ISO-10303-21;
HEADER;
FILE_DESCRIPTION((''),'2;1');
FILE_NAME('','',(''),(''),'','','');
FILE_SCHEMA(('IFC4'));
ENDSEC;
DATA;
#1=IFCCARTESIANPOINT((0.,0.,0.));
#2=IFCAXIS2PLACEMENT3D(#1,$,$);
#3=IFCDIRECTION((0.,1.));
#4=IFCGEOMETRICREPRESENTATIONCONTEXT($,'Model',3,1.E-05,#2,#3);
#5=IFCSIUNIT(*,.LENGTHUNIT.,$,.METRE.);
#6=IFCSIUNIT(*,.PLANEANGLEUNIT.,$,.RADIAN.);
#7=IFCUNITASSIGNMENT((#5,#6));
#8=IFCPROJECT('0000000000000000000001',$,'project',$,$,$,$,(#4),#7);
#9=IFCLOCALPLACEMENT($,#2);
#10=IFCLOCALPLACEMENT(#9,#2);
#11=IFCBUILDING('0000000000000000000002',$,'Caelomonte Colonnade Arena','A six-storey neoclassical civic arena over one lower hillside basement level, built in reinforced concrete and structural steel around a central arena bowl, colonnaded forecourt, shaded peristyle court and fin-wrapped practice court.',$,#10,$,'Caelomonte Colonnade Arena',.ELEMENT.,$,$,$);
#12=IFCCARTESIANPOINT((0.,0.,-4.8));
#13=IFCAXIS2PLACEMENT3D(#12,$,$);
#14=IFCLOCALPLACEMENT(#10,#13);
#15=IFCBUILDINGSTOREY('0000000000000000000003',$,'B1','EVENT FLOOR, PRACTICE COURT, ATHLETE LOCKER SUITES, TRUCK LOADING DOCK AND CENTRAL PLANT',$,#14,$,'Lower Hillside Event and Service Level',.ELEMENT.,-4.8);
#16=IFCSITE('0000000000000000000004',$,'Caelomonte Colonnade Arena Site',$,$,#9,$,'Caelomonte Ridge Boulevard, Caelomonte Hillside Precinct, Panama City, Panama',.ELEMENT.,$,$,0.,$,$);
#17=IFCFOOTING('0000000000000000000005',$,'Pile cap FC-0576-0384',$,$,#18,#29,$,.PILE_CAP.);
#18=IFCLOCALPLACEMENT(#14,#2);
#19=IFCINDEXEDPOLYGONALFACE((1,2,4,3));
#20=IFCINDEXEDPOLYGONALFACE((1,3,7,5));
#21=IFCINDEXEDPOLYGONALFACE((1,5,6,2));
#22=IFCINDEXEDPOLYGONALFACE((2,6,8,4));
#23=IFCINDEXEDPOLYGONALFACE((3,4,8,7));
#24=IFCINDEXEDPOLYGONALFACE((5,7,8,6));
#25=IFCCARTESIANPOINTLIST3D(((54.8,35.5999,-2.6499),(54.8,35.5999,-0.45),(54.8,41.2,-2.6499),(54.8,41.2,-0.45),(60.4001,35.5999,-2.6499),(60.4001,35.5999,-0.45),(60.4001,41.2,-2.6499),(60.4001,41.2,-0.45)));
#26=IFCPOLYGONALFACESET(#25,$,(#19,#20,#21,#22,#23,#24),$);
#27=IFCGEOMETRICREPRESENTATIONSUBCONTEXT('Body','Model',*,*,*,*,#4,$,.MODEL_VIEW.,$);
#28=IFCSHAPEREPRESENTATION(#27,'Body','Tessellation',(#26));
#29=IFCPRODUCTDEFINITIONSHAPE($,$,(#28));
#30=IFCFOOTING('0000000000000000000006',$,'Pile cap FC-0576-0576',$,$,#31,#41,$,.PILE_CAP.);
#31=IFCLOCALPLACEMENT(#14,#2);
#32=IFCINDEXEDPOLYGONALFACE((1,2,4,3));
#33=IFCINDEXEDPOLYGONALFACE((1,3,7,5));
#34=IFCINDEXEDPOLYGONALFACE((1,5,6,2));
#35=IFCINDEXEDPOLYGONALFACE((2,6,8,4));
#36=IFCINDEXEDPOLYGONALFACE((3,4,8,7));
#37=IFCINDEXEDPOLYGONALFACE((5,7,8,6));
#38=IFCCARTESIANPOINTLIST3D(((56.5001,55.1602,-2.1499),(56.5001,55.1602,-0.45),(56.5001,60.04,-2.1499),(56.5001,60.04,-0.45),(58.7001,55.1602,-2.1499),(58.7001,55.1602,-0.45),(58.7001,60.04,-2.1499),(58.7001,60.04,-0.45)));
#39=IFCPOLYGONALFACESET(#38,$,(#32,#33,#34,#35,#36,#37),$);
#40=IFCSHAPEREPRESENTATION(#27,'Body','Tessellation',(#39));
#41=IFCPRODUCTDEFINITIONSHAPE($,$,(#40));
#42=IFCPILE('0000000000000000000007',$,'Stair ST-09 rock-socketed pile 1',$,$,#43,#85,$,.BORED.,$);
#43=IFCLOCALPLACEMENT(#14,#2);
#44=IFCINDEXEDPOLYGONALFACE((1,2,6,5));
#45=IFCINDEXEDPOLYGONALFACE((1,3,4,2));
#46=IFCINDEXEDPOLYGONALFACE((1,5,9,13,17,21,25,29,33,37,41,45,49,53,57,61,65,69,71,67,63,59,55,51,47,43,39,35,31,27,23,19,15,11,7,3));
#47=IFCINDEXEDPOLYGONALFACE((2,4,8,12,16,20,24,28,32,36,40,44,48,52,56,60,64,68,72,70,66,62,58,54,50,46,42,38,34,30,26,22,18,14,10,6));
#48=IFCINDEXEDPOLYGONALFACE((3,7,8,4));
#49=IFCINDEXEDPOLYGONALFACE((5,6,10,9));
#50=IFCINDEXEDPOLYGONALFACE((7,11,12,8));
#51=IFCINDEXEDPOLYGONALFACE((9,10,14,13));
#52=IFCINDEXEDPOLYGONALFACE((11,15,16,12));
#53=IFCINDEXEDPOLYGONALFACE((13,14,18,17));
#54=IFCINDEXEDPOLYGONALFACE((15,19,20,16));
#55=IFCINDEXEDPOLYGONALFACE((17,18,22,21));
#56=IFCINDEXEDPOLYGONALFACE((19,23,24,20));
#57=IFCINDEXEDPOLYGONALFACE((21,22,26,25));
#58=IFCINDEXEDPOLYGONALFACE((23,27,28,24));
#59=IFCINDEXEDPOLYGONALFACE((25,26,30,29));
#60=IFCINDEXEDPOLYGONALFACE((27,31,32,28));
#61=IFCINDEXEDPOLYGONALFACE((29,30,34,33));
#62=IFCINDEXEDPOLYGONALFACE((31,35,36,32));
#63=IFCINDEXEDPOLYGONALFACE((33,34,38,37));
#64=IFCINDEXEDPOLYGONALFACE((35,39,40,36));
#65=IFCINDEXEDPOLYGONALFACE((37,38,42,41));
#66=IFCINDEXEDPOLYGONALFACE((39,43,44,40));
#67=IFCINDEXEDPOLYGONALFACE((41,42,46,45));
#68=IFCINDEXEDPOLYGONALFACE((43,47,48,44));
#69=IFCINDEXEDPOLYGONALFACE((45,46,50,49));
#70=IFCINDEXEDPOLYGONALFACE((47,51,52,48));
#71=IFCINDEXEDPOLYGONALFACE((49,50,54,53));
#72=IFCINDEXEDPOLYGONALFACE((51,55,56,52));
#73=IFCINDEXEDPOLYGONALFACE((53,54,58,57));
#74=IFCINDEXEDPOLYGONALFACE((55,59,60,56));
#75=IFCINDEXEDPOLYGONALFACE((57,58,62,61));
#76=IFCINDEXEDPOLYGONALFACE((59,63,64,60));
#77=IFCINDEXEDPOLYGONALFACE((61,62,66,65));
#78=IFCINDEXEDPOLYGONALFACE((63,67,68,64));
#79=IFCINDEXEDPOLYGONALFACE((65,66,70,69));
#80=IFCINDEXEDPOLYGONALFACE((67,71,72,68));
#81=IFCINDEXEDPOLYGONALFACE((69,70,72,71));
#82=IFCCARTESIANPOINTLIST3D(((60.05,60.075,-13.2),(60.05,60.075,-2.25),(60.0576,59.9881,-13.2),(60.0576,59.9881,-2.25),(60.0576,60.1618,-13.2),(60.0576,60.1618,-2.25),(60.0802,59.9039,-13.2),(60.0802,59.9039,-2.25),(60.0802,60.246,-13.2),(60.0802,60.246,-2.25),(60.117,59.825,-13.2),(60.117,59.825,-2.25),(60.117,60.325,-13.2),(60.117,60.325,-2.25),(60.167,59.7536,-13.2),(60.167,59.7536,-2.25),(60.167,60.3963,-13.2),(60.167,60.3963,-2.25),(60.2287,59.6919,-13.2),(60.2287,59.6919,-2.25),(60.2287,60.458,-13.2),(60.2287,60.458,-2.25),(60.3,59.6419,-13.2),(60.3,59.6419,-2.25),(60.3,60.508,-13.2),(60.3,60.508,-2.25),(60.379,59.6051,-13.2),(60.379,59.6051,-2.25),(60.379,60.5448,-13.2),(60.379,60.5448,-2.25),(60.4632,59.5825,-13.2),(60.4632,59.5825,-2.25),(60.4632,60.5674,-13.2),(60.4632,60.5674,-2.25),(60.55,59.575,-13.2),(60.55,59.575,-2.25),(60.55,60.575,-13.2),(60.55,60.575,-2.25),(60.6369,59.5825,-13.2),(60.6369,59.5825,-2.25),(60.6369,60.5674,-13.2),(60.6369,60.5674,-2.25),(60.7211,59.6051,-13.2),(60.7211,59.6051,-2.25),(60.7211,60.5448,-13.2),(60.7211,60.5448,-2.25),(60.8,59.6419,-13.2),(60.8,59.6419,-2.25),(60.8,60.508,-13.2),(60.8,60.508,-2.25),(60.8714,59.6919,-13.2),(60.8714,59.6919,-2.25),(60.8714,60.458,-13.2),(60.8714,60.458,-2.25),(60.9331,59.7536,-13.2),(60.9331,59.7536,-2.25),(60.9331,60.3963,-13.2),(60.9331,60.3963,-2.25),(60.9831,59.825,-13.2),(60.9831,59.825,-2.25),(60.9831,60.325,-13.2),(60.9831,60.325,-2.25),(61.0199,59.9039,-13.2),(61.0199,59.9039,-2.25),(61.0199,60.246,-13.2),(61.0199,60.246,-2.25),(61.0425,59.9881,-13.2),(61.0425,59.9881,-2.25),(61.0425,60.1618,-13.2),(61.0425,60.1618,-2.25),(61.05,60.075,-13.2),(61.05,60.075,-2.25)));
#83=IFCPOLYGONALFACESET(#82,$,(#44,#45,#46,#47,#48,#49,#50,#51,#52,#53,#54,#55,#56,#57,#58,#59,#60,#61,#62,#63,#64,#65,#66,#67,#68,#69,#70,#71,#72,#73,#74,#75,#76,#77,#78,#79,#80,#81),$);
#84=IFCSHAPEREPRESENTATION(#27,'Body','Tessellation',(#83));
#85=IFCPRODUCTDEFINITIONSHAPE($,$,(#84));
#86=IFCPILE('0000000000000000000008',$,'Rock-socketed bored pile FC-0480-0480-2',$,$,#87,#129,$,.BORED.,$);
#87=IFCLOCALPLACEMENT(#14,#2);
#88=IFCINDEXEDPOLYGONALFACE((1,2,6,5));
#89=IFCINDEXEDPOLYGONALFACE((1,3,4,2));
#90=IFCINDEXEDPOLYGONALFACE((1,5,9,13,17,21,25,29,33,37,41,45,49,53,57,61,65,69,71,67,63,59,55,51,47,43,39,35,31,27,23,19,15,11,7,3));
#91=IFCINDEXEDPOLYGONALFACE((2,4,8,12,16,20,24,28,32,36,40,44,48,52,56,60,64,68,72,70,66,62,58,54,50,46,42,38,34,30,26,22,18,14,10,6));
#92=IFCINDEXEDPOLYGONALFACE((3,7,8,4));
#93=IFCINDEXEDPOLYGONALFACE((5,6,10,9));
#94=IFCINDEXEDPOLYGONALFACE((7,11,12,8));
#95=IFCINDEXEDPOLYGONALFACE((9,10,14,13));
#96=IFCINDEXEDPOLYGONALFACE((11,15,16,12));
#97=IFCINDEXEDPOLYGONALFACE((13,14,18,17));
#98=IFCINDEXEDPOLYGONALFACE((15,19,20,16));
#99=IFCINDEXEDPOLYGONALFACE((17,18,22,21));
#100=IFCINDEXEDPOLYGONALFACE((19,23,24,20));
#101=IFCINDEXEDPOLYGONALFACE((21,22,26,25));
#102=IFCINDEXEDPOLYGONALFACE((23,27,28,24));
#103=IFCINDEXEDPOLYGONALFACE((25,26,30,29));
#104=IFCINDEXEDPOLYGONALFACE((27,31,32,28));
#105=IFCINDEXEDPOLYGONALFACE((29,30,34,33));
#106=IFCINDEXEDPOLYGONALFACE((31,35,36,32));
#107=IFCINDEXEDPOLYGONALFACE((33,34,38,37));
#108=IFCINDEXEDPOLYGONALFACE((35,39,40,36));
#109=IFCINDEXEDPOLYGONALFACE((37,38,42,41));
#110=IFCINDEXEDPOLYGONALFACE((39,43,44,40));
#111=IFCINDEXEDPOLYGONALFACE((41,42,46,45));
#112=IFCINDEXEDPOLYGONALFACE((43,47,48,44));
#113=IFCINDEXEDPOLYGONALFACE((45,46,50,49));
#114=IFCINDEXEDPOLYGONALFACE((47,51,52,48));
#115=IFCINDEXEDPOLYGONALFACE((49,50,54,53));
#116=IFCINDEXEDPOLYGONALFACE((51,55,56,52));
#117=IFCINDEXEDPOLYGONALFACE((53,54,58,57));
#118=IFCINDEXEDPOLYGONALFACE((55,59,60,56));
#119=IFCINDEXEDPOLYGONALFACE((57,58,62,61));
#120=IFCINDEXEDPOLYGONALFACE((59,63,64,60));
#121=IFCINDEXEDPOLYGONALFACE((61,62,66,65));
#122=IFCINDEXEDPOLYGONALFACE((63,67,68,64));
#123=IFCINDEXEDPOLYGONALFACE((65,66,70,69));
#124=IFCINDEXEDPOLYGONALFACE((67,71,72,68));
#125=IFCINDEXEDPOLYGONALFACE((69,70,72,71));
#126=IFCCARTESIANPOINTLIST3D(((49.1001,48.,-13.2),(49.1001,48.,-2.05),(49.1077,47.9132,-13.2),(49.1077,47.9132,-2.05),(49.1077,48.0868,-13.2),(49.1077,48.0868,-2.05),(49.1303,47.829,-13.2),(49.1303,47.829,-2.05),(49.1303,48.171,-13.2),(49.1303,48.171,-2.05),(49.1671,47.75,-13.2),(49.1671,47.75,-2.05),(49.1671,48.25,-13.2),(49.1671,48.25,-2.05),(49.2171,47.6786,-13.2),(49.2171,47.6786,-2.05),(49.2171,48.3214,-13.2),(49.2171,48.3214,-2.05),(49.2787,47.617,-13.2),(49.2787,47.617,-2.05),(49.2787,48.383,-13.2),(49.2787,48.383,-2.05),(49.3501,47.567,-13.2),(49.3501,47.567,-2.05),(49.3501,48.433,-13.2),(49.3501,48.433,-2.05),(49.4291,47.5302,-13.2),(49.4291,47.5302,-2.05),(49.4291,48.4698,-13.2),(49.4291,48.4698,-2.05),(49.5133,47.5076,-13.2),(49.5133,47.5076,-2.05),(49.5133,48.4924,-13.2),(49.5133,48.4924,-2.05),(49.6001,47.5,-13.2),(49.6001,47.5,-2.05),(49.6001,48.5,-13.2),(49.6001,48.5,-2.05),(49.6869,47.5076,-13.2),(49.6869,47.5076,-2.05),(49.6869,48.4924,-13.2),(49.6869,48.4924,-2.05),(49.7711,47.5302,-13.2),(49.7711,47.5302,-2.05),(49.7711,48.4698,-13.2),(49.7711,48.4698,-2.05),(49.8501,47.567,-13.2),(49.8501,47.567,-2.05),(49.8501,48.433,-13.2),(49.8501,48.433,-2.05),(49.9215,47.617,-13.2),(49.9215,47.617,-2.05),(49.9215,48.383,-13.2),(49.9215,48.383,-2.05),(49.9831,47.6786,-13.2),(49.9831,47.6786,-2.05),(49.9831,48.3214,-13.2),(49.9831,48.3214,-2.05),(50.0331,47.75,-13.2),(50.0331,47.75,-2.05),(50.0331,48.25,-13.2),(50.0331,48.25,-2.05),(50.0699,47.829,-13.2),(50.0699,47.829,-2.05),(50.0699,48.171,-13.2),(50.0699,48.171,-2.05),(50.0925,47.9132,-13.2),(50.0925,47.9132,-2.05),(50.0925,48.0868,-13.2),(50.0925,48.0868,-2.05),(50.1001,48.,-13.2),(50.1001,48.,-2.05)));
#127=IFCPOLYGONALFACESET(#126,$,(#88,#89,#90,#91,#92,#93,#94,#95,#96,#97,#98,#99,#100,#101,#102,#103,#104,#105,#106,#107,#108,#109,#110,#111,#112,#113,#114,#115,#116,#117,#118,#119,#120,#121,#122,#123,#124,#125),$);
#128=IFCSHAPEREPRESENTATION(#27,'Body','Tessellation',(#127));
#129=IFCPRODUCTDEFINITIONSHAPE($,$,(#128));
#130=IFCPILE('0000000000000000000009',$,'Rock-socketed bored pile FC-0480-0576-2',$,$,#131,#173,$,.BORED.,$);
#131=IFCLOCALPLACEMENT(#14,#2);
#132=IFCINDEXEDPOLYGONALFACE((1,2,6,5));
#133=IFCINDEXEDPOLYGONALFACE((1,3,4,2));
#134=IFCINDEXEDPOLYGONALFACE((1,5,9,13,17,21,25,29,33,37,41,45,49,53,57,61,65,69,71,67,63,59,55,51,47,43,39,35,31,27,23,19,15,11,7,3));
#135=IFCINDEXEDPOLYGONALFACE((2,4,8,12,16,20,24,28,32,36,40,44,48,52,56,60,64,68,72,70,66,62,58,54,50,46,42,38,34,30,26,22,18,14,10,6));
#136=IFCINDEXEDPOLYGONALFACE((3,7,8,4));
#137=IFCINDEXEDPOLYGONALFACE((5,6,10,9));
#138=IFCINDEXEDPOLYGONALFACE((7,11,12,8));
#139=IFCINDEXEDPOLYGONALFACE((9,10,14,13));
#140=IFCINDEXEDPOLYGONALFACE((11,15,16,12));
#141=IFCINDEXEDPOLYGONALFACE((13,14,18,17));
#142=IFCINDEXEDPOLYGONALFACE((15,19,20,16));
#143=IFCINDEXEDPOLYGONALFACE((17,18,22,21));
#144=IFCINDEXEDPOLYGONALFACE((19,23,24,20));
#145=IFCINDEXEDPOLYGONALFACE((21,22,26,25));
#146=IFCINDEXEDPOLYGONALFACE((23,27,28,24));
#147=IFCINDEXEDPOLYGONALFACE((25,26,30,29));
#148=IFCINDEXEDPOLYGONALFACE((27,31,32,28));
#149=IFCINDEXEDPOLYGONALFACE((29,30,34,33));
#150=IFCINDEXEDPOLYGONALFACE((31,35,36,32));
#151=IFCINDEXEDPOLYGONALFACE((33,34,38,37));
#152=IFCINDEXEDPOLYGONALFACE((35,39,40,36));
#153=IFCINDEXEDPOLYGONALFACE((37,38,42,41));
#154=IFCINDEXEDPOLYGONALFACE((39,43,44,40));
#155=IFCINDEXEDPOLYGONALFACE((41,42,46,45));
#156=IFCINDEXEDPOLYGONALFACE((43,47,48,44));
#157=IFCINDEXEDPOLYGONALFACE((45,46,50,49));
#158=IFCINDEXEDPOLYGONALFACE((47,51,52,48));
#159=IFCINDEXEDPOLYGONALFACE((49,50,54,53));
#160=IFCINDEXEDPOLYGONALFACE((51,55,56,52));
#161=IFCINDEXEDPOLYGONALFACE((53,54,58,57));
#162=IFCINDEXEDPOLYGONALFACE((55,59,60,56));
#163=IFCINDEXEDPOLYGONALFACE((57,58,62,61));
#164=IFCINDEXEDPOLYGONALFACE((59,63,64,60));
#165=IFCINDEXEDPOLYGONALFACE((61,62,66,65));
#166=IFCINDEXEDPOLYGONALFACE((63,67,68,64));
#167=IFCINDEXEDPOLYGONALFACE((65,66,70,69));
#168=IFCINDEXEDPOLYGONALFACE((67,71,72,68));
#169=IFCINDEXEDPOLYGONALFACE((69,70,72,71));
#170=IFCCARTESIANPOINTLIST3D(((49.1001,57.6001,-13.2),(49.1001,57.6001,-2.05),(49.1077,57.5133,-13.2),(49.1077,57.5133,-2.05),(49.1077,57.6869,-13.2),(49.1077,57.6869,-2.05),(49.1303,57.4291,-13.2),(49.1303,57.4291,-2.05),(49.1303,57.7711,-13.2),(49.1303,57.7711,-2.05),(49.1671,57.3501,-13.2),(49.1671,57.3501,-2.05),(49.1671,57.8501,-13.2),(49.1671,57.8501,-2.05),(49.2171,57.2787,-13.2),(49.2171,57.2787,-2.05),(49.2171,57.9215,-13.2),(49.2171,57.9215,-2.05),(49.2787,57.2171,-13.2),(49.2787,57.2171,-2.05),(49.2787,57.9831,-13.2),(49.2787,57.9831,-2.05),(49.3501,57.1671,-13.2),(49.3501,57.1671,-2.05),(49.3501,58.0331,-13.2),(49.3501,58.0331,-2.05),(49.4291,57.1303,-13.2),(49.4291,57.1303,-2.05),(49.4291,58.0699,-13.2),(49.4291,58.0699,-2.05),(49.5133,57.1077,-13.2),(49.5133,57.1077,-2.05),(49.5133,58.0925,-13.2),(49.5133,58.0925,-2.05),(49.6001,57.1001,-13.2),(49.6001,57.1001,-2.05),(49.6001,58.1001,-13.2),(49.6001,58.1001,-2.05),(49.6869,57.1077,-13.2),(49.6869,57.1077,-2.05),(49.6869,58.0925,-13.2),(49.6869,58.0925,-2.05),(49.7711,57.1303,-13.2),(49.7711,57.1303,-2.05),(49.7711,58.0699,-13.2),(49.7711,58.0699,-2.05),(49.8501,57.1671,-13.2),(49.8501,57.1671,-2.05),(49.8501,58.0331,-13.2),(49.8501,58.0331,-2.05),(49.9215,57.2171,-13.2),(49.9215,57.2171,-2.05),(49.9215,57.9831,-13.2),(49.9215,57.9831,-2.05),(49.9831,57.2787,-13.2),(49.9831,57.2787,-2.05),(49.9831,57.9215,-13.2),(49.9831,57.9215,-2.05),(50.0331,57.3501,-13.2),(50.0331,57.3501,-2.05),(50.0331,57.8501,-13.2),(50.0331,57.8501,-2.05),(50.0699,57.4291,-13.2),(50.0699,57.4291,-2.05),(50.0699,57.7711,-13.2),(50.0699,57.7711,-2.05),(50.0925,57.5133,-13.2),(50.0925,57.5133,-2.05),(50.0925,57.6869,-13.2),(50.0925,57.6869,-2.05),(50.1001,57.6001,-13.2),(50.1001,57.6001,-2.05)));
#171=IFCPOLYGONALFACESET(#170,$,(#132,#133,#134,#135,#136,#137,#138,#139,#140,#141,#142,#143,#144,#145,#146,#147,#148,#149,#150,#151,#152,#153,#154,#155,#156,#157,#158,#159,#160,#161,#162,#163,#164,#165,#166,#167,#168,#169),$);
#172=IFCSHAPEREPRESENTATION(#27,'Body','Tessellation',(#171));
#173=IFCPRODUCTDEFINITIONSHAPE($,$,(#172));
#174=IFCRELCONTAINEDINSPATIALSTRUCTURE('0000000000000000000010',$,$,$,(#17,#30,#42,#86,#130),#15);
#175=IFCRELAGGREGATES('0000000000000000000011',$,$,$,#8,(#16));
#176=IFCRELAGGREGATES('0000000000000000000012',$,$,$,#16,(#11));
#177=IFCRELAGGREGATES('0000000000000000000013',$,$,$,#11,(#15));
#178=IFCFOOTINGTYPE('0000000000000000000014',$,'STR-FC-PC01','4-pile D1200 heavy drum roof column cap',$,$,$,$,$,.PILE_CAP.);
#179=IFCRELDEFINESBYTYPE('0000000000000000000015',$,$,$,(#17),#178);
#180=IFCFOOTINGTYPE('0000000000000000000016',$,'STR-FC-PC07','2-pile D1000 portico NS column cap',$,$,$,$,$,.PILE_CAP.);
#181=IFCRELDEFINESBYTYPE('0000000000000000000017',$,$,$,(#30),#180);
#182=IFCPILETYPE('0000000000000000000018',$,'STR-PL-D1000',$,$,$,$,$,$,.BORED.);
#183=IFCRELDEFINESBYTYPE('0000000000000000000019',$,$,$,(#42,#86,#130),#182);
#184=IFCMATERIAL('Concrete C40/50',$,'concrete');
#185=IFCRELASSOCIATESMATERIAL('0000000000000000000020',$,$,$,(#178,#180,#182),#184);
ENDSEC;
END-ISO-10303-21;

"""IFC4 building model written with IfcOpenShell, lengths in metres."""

from ifc_helpers import new_model, si_unit, direction, frame, origin, origin_2d, place, context, subcontext, project, spatial, rectangle, circle, extrude, material, material_profile, profile_set, type_object, element, save


model = new_model("IFC4")

# Units and contexts
model_context = context("Model", 3, precision=1e-05, world=origin(), true_north=direction((0.0, 1.0)))
body_context = subcontext(model_context, "Body", "Model", "MODEL_VIEW")
ifc_project = project(units=[si_unit("LENGTHUNIT", "METRE"), si_unit("PLANEANGLEUNIT", "RADIAN")], contexts=[model_context])

# Site, building, storey
site_placement = place(None, origin())
site = spatial("IfcSite", under=ifc_project, at=site_placement, Name="Caelomonte Colonnade Arena Site", LongName="Caelomonte Ridge Boulevard, Caelomonte Hillside Precinct, Panama City, Panama", CompositionType="ELEMENT", RefElevation=0.0)
building_placement = place(site_placement, origin())
building = spatial("IfcBuilding", under=site, at=building_placement, Name="Caelomonte Colonnade Arena", Description="A six-storey neoclassical civic arena over one lower hillside basement level, built in reinforced concrete and structural steel around a central arena bowl, colonnaded forecourt, shaded peristyle court and fin-wrapped practice court.", LongName="Caelomonte Colonnade Arena", CompositionType="ELEMENT")
storey_placement = place(building_placement, frame((0.0, 0.0, -4.8)))
storey = spatial("IfcBuildingStorey", under=building, at=storey_placement, Name="B1", Description="EVENT FLOOR, PRACTICE COURT, ATHLETE LOCKER SUITES, TRUCK LOADING DOCK AND CENTRAL PLANT", LongName="Lower Hillside Event and Service Level", CompositionType="ELEMENT", Elevation=-4.8)

# Footings
ifc_material_1 = material(Name="Concrete C40/50", Category="concrete")
footing_type_1 = type_object("IfcFootingType", Name="STR-FC-PC01", Description="4-pile D1200 heavy drum roof column cap", PredefinedType="PILE_CAP", material=ifc_material_1)
footing_1_placement = place(storey_placement, frame((57.6001, 38.3999, -2.6499), z_axis=(0.0, 0.0, 1.0), x_axis=(1.0, 0.0, 0.0)))
element("IfcFooting", 1, at=footing_1_placement, inside=storey, type_object=footing_type_1, Name="Pile cap FC-0576-0384", PredefinedType="PILE_CAP", context=body_context, shape_type="SweptSolid", body=[
    extrude(rectangle(XDim=5.6001, YDim=5.6001, at=origin_2d()), origin(), (0.0, 0.0, 1.0), 2.2),
])
footing_type_2 = type_object("IfcFootingType", Name="STR-FC-PC07", Description="2-pile D1000 portico NS column cap", PredefinedType="PILE_CAP", material=ifc_material_1)
footing_2_placement = place(storey_placement, frame((57.6001, 57.6001, -2.1499), z_axis=(0.0, 0.0, 1.0), x_axis=(1.0, 0.0, 0.0)))
element("IfcFooting", 2, at=footing_2_placement, inside=storey, type_object=footing_type_2, Name="Pile cap FC-0576-0576", PredefinedType="PILE_CAP", context=body_context, shape_type="SweptSolid", body=[
    extrude(rectangle(XDim=2.2, YDim=4.8799, at=origin_2d()), origin(), (0.0, 0.0, 1.0), 1.7),
])

# Piles
ifc_material_profile_1 = material_profile(ifc_material_1, circle(Radius=0.5, at=origin_2d()), Name="PILE-D1000")
ifc_profile_set_1 = profile_set([ifc_material_profile_1], Name="Concrete C40/50")
pile_type_1 = type_object("IfcPileType", Name="STR-PL-D1000", PredefinedType="BORED", material=ifc_profile_set_1)
pile_1_placement = place(storey_placement, frame((60.55, 60.075, -2.25), z_axis=(0.0, 0.0, -1.0), x_axis=(1.0, 0.0, 0.0)))
element("IfcPile", 3, at=pile_1_placement, inside=storey, type_object=pile_type_1, Name="Stair ST-09 rock-socketed pile 1", PredefinedType="BORED", context=body_context, shape_type="SweptSolid", body=[
    extrude(circle(Radius=0.5, at=origin_2d()), origin(), (0.0, 0.0, 1.0), 10.95),
])
for number, where, z_axis, x_axis, name in (
    (4, (49.6001, 48.0, -2.05), (0.0, 0.0, -1.0), (1.0, 0.0, 0.0), "Rock-socketed bored pile FC-0480-0480-2"),
    (5, (49.6001, 57.6001, -2.05), (0.0, 0.0, -1.0), (1.0, 0.0, 0.0), "Rock-socketed bored pile FC-0480-0576-2"),
):
    element("IfcPile", number, at=place(storey_placement, frame(where, z_axis=z_axis, x_axis=x_axis)), inside=storey, type_object=pile_type_1, Name=name, PredefinedType="BORED", context=body_context, shape_type="SweptSolid", body=[
        extrude(circle(Radius=0.5, at=origin_2d()), origin(), (0.0, 0.0, 1.0), 11.1499),
    ])

save(model, "model.ifc")
